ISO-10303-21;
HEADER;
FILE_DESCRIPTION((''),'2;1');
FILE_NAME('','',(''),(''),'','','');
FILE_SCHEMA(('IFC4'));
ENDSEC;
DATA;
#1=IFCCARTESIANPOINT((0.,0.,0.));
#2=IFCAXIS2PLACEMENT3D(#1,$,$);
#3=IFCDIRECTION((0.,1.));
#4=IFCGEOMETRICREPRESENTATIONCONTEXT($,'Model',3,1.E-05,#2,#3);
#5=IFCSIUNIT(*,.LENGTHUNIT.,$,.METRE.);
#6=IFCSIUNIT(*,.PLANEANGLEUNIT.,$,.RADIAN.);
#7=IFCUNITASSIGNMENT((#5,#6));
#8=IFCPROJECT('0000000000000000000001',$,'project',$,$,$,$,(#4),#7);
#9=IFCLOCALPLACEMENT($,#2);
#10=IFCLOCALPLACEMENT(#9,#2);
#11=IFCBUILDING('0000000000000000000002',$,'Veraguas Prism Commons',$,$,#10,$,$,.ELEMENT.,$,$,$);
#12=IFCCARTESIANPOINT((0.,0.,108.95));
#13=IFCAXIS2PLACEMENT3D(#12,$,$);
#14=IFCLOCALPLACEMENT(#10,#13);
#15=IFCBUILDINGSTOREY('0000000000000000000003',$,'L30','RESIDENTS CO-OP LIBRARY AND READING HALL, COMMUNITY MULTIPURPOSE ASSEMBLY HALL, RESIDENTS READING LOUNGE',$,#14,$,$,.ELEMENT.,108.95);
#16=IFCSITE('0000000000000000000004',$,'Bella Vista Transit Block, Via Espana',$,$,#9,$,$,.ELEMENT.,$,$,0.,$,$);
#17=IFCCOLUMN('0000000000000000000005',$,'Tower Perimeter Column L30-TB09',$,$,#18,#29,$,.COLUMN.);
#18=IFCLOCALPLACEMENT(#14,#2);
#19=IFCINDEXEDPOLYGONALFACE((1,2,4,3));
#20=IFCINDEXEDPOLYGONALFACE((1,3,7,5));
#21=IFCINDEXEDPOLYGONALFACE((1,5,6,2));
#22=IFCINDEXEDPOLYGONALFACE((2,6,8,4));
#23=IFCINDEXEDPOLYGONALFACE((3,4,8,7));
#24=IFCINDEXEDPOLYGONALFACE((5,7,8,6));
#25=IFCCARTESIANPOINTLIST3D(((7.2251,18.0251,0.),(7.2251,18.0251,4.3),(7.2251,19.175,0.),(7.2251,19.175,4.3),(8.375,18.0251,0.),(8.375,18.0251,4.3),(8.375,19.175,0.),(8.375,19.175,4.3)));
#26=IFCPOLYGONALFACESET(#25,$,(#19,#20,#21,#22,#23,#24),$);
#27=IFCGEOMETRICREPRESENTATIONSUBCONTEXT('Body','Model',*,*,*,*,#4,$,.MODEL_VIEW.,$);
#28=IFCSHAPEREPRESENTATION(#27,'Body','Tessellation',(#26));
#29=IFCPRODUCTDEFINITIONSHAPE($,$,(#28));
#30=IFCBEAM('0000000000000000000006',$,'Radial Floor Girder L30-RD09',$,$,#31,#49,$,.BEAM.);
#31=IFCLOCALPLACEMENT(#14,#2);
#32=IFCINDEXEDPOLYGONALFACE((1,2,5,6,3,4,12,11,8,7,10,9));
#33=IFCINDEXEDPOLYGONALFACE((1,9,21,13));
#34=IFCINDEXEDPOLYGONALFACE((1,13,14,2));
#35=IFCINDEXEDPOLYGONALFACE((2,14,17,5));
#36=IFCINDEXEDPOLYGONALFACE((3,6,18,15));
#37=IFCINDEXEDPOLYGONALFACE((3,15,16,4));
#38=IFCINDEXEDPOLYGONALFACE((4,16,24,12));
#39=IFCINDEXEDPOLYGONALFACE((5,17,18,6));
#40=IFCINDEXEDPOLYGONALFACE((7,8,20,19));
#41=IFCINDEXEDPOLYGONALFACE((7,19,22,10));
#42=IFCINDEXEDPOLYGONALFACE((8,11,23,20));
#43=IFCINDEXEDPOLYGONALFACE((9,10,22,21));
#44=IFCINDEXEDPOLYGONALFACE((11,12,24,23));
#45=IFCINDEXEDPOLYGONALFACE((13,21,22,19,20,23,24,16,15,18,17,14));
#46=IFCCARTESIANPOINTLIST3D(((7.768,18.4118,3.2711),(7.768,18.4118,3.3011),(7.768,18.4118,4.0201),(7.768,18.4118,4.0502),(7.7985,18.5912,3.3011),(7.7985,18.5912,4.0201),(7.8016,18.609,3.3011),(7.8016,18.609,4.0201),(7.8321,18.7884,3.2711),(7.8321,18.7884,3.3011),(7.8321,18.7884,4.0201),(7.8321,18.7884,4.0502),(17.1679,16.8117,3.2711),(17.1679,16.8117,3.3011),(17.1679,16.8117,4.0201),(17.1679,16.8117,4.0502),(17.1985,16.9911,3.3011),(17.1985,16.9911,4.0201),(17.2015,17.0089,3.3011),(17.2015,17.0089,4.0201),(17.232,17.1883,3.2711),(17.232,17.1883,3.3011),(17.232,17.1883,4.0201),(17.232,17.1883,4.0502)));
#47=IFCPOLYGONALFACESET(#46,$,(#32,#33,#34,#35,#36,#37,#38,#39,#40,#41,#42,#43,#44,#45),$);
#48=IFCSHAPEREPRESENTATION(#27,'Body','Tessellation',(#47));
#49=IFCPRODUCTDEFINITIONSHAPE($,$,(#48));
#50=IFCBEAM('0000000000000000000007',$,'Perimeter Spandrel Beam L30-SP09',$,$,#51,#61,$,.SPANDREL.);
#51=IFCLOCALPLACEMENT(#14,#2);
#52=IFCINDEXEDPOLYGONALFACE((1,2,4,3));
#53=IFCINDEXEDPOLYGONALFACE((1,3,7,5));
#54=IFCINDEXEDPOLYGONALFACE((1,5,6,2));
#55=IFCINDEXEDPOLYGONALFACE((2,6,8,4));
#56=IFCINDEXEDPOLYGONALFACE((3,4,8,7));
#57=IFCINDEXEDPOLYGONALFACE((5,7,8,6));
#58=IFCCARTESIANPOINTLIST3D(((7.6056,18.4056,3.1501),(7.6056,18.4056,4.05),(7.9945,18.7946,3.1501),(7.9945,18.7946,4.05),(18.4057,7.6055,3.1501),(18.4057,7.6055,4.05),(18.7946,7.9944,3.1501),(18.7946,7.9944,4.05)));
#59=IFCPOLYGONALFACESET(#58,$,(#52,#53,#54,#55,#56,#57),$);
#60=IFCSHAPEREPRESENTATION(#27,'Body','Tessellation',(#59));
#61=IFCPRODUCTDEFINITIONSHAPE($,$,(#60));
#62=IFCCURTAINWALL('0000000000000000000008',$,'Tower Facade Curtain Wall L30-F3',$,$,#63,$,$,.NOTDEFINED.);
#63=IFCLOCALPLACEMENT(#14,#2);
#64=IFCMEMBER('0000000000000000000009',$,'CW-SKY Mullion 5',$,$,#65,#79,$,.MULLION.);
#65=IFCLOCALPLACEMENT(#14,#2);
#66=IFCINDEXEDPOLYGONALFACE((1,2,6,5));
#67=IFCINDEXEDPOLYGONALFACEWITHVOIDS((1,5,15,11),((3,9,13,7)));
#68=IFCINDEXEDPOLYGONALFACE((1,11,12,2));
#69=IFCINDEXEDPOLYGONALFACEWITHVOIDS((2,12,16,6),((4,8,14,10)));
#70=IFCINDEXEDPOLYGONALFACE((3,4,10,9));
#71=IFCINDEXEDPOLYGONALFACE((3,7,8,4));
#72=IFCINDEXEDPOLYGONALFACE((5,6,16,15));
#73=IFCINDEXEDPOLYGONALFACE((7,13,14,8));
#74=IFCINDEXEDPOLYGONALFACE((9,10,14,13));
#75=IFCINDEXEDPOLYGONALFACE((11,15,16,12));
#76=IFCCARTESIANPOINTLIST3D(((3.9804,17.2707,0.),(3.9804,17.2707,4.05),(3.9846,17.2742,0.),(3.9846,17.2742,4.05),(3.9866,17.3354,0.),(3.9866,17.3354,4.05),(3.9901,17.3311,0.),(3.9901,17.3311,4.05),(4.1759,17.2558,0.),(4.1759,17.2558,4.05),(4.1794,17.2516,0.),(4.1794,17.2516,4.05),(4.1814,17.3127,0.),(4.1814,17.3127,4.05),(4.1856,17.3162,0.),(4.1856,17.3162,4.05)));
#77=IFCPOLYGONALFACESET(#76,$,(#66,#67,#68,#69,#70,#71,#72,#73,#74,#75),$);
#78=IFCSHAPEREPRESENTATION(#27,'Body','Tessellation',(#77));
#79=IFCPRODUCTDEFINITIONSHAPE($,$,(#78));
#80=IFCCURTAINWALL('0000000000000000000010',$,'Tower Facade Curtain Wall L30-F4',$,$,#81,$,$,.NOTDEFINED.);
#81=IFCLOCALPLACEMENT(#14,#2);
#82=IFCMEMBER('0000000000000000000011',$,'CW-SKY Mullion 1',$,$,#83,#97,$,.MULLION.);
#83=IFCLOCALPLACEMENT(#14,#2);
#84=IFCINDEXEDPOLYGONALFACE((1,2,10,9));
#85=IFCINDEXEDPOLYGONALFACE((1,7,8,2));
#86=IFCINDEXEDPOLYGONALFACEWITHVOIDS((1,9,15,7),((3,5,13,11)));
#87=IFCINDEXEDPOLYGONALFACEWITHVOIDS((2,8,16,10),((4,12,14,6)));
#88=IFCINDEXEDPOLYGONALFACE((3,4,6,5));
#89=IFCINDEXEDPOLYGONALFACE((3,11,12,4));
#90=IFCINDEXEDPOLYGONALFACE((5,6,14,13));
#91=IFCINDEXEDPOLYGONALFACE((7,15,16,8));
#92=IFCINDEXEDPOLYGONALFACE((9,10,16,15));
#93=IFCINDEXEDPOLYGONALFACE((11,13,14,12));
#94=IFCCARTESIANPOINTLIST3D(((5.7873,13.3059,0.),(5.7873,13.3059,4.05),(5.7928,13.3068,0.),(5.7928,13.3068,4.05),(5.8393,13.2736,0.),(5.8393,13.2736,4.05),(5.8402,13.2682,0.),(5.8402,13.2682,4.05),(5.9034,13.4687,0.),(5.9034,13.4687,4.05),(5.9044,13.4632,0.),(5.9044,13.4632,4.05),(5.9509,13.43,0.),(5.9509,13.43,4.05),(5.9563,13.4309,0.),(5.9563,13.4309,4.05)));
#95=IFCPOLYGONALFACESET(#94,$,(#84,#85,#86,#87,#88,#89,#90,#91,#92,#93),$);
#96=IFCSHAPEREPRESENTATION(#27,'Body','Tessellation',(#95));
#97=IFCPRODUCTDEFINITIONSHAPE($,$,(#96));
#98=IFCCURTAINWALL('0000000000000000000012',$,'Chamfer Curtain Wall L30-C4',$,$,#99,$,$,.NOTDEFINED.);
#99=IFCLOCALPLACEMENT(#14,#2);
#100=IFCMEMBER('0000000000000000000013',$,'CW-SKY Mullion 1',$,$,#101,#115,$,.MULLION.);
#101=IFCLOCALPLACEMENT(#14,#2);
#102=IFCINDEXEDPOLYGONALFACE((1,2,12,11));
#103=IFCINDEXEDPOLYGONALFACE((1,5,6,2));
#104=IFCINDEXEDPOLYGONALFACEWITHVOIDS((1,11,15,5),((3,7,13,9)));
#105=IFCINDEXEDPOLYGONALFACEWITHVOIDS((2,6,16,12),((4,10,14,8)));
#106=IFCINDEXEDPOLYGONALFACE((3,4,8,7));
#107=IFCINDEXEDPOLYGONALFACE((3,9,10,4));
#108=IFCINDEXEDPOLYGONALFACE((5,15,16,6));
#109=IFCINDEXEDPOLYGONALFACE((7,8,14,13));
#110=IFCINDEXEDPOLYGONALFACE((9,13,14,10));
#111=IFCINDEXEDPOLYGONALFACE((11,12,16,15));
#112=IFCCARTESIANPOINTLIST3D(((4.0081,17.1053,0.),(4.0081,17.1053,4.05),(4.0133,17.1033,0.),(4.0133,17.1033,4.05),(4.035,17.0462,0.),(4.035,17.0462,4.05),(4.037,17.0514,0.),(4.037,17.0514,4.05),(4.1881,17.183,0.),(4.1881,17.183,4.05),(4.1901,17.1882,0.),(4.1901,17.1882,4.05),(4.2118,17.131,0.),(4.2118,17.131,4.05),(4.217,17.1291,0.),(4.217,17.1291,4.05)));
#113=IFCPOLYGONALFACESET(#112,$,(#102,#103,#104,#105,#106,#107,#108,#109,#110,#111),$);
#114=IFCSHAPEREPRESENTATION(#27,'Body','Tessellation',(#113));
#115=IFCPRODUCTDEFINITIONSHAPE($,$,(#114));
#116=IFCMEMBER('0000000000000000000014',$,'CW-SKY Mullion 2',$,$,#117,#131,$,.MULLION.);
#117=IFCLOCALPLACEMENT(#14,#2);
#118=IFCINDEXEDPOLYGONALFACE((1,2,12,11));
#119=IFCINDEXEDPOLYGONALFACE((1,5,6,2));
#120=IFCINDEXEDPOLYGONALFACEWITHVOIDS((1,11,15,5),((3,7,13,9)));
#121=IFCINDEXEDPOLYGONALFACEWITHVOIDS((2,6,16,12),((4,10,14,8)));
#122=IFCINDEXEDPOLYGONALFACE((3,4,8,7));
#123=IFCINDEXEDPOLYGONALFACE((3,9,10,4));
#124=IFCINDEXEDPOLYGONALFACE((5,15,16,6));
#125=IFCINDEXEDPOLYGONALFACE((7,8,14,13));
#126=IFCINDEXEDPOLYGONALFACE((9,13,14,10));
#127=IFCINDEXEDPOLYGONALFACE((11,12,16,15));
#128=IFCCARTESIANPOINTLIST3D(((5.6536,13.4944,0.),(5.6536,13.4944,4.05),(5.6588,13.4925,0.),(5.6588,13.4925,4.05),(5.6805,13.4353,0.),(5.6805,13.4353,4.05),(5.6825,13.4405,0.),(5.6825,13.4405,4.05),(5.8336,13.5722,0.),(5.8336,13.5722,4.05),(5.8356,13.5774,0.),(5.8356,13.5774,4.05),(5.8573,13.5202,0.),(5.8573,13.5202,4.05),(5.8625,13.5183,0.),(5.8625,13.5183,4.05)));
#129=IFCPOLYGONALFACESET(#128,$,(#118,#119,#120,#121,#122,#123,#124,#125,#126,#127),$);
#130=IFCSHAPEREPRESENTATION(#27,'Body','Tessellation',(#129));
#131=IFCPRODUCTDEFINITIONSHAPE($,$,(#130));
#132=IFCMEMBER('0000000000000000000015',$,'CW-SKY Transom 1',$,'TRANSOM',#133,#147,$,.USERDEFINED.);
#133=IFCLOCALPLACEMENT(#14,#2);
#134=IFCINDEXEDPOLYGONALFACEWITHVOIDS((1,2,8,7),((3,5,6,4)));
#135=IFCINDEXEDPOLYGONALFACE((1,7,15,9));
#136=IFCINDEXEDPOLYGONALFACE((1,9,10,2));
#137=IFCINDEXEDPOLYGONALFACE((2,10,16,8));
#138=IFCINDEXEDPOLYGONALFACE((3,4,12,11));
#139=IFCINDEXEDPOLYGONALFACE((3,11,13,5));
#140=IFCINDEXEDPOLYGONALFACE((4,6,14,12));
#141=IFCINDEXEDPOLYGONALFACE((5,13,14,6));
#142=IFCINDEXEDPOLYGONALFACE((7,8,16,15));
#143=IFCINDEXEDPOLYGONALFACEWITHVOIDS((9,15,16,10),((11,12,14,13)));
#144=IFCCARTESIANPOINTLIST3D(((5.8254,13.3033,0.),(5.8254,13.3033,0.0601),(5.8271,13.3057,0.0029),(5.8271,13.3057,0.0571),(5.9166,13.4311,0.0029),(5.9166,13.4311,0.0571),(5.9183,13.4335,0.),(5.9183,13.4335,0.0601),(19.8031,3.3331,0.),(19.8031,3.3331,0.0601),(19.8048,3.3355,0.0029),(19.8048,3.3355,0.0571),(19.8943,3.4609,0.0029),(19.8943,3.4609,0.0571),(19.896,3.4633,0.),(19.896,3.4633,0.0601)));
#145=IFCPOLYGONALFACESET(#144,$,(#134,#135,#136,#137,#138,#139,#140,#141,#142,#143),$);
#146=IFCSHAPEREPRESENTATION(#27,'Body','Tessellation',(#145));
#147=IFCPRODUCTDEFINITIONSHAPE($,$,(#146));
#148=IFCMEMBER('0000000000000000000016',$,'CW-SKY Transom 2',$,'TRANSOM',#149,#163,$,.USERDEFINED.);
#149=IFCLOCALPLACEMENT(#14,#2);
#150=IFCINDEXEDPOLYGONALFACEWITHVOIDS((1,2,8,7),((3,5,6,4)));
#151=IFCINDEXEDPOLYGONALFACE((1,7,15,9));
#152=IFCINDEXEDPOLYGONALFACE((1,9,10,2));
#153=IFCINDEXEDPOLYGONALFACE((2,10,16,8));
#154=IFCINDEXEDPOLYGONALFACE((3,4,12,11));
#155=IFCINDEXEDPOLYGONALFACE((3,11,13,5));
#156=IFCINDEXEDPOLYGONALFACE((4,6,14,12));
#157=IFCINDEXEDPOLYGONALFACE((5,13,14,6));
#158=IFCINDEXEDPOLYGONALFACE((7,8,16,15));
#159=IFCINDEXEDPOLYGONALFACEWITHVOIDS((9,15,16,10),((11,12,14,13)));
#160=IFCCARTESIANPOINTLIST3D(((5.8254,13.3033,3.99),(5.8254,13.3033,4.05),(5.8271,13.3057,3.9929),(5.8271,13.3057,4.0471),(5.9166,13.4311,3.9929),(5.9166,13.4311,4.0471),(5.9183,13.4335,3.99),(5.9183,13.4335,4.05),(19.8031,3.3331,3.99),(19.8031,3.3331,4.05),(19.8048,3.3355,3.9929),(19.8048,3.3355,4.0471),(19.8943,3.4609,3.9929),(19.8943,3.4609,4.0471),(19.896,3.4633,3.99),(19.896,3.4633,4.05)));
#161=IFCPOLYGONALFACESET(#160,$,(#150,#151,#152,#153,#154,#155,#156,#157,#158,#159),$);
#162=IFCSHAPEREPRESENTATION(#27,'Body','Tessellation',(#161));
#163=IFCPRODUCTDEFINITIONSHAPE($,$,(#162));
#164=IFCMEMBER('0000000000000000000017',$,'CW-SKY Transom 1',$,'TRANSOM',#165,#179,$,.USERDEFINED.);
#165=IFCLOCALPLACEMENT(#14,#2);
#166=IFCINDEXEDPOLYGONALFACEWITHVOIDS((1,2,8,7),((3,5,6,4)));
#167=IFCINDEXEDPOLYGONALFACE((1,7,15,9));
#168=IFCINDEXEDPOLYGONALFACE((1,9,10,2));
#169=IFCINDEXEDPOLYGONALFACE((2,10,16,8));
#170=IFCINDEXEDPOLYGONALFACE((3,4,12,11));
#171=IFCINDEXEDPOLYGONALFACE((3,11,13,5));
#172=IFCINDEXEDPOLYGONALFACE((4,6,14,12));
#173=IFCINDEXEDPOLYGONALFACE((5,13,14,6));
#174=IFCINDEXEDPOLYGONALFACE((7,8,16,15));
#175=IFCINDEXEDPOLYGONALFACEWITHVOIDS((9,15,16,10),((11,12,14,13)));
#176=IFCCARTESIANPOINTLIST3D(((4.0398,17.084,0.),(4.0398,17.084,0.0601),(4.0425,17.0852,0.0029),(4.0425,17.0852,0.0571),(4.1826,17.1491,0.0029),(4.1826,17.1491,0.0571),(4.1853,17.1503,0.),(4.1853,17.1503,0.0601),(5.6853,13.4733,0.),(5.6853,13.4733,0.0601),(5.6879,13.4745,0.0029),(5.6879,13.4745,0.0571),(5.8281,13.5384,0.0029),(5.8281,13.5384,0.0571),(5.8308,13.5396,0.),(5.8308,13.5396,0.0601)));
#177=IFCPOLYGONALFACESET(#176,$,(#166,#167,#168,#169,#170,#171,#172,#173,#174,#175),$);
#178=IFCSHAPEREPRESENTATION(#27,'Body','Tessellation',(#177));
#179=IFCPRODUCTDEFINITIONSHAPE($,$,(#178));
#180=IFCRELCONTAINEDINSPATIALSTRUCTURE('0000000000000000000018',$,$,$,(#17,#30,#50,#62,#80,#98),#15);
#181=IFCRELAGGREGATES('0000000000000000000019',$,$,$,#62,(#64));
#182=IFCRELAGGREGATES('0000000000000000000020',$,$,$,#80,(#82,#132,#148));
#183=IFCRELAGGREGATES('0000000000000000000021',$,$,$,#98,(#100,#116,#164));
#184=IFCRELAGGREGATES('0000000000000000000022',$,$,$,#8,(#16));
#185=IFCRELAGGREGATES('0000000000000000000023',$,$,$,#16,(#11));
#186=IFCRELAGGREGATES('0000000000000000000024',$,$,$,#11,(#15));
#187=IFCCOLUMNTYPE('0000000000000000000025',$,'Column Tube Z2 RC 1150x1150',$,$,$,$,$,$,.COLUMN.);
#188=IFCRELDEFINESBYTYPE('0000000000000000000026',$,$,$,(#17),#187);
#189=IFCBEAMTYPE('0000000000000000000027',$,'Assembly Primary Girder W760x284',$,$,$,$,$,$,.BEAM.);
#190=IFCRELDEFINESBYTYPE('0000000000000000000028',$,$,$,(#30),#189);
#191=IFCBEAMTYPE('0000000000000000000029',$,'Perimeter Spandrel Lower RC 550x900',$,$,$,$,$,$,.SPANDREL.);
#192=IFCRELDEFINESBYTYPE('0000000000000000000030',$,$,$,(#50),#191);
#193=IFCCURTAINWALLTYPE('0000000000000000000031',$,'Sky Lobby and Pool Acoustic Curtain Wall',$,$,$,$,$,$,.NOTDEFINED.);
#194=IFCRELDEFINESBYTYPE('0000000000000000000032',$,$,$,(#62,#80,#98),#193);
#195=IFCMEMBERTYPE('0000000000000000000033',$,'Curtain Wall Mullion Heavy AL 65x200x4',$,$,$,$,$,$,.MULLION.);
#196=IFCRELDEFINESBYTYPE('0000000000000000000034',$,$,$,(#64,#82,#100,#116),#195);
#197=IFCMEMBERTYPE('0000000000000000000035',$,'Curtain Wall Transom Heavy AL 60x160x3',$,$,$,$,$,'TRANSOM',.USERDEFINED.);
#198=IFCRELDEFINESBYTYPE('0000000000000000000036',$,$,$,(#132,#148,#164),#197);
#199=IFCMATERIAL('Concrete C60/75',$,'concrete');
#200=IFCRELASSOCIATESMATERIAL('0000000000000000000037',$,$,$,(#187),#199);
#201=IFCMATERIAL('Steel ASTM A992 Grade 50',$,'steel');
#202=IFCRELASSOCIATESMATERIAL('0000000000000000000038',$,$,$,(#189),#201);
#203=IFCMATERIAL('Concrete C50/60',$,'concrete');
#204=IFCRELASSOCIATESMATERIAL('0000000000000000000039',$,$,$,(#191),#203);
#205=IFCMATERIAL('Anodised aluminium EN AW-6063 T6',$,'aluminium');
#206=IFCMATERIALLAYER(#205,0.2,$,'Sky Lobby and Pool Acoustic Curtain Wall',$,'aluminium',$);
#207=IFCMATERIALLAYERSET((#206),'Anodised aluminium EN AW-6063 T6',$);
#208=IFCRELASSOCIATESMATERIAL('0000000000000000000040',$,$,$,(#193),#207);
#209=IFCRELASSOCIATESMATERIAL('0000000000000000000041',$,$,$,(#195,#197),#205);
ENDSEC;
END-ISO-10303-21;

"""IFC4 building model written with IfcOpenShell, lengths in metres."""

from ifc_helpers import new_model, si_unit, direction, frame, origin, origin_2d, place, context, subcontext, project, spatial, rectangle, hollow_rectangle, i_section, extrude, source, transform, mapped, material, layer, layer_set, material_profile, profile_set, type_object, element, aggregate, save


model = new_model("IFC4")

# Units and contexts
model_context = context("Model", 3, precision=1e-05, world=origin(), true_north=direction((0.0, 1.0)))
body_context = subcontext(model_context, "Body", "Model", "MODEL_VIEW")
ifc_project = project(units=[si_unit("LENGTHUNIT", "METRE"), si_unit("PLANEANGLEUNIT", "RADIAN")], contexts=[model_context])

# Site, building, storey
site_placement = place(None, origin())
site = spatial("IfcSite", under=ifc_project, at=site_placement, Name="Bella Vista Transit Block, Via Espana", CompositionType="ELEMENT", RefElevation=0.0)
building_placement = place(site_placement, origin())
building = spatial("IfcBuilding", under=site, at=building_placement, Name="Veraguas Prism Commons", CompositionType="ELEMENT")
storey_placement = place(building_placement, frame((0.0, 0.0, 108.95)))
storey = spatial("IfcBuildingStorey", under=building, at=storey_placement, Name="L30", Description="RESIDENTS CO-OP LIBRARY AND READING HALL, COMMUNITY MULTIPURPOSE ASSEMBLY HALL, RESIDENTS READING LOUNGE", CompositionType="ELEMENT", Elevation=108.95)

# Column
ifc_material_1 = material(Name="Concrete C60/75", Category="concrete")
ifc_material_profile_1 = material_profile(ifc_material_1, rectangle(XDim=1.1499, YDim=1.1499, at=origin_2d()), Name="RC1150X1150")
ifc_profile_set_1 = profile_set([ifc_material_profile_1], Name="Concrete C60/75")
column_type = type_object("IfcColumnType", Name="Column Tube Z2 RC 1150x1150", PredefinedType="COLUMN", material=ifc_profile_set_1)
column_placement = place(storey_placement, frame((7.8, 18.6001, 0.0), z_axis=(0.0, 0.0, 1.0), x_axis=(1.0, 0.0, 0.0)))
element("IfcColumn", 1, at=column_placement, inside=storey, type_object=column_type, Name="Tower Perimeter Column L30-TB09", PredefinedType="COLUMN", context=body_context, shape_type="SweptSolid", body=[
    extrude(rectangle(XDim=1.1499, YDim=1.1499, at=origin_2d()), origin(), (0.0, 0.0, 1.0), 4.3),
])

# Beams
ifc_material_2 = material(Name="Steel ASTM A992 Grade 50", Category="steel")
ifc_material_profile_2 = material_profile(ifc_material_2, i_section(OverallWidth=0.3821, OverallDepth=0.7791, WebThickness=0.0181, FlangeThickness=0.03, at=origin_2d()), Name="W760X284")
ifc_profile_set_2 = profile_set([ifc_material_profile_2], Name="Steel ASTM A992 Grade 50")
beam_type_1 = type_object("IfcBeamType", Name="Assembly Primary Girder W760x284", PredefinedType="BEAM", material=ifc_profile_set_2)
beam_1_placement = place(storey_placement, frame((7.8, 18.6001, 3.6606), z_axis=(0.985819, -0.167811, 0.0), x_axis=(0.167811, 0.985819, 0.0)))
element("IfcBeam", 2, at=beam_1_placement, inside=storey, type_object=beam_type_1, Name="Radial Floor Girder L30-RD09", PredefinedType="BEAM", context=body_context, shape_type="SweptSolid", body=[
    extrude(i_section(OverallWidth=0.3821, OverallDepth=0.7791, WebThickness=0.0181, FlangeThickness=0.03, at=origin_2d()), origin(), (0.0, 0.0, 1.0), 9.5352),
])
ifc_material_3 = material(Name="Concrete C50/60", Category="concrete")
ifc_material_profile_3 = material_profile(ifc_material_3, rectangle(XDim=0.55, YDim=0.8999, at=origin_2d()), Name="RC550X900")
ifc_profile_set_3 = profile_set([ifc_material_profile_3], Name="Concrete C50/60")
beam_type_2 = type_object("IfcBeamType", Name="Perimeter Spandrel Lower RC 550x900", PredefinedType="SPANDREL", material=ifc_profile_set_3)
beam_2_placement = place(storey_placement, frame((7.8, 18.6001, 3.6001), z_axis=(0.707107, -0.707107, 0.0), x_axis=(0.707107, 0.707107, 0.0)))
element("IfcBeam", 3, at=beam_2_placement, inside=storey, type_object=beam_type_2, Name="Perimeter Spandrel Beam L30-SP09", PredefinedType="SPANDREL", context=body_context, shape_type="SweptSolid", body=[
    extrude(rectangle(XDim=0.55, YDim=0.8999, at=origin_2d()), origin(), (0.0, 0.0, 1.0), 15.2737),
])

# Curtain walls, members
ifc_material_4 = material(Name="Anodised aluminium EN AW-6063 T6", Category="aluminium")
ifc_layer_1 = layer(ifc_material_4, 0.2, Name="Sky Lobby and Pool Acoustic Curtain Wall", Category="aluminium")
ifc_layer_set_1 = layer_set([ifc_layer_1], Name="Anodised aluminium EN AW-6063 T6")
curtain_wall_type = type_object("IfcCurtainWallType", Name="Sky Lobby and Pool Acoustic Curtain Wall", PredefinedType="NOTDEFINED", material=ifc_layer_set_1)
curtain_wall_1_placement = place(storey_placement, origin())
curtain_wall_1 = element("IfcCurtainWall", 4, at=curtain_wall_1_placement, inside=storey, type_object=curtain_wall_type, Name="Tower Facade Curtain Wall L30-F3", PredefinedType="NOTDEFINED")
ifc_material_profile_4 = material_profile(ifc_material_4, hollow_rectangle(XDim=0.0649, YDim=0.2, WallThickness=0.0039, at=origin_2d()), Name="AL65X200X4")
ifc_profile_set_4 = profile_set([ifc_material_profile_4], Name="Anodised aluminium EN AW-6063 T6")
member_type_1 = type_object("IfcMemberType", Name="Curtain Wall Mullion Heavy AL 65x200x4", PredefinedType="MULLION", material=ifc_profile_set_4)
shared_shape_1 = source(origin(), body_context, "Body", "SweptSolid", [
    extrude(hollow_rectangle(XDim=0.0649, YDim=0.2, WallThickness=0.0039, at=origin_2d()), origin(), (0.0, 0.0, 1.0), 4.05),
])
member_1_placement = place(storey_placement, frame((4.083, 17.2935, 0.0), z_axis=(0.0, 0.0, 1.0), x_axis=(-0.095837, -0.995397, 0.0)))
member_1 = element("IfcMember", 5, at=member_1_placement, type_object=member_type_1, Name="CW-SKY Mullion 5", PredefinedType="MULLION", context=body_context, shape_type="MappedRepresentation", body=[
    mapped(shared_shape_1, transform((0.0, 0.0, 0.0), scale=1.0)),
])
curtain_wall_2_placement = place(storey_placement, origin())
curtain_wall_2 = element("IfcCurtainWall", 6, at=curtain_wall_2_placement, inside=storey, type_object=curtain_wall_type, Name="Tower Facade Curtain Wall L30-F4", PredefinedType="NOTDEFINED")
member_2_placement = place(storey_placement, frame((5.8718, 13.3684, 0.0), z_axis=(0.0, 0.0, 1.0), x_axis=(0.814115, -0.580704, 0.0)))
member_2 = element("IfcMember", 7, at=member_2_placement, type_object=member_type_1, Name="CW-SKY Mullion 1", PredefinedType="MULLION", context=body_context, shape_type="MappedRepresentation", body=[
    mapped(shared_shape_1, transform((0.0, 0.0, 0.0), scale=1.0)),
])

# Curtain wall, members
curtain_wall_3_placement = place(storey_placement, origin())
curtain_wall_3 = element("IfcCurtainWall", 8, at=curtain_wall_3_placement, inside=storey, type_object=curtain_wall_type, Name="Chamfer Curtain Wall L30-C4", PredefinedType="NOTDEFINED")
member_3_placement = place(storey_placement, frame((4.1125, 17.1172, 0.0), z_axis=(0.0, 0.0, 1.0), x_axis=(0.41469, -0.909963, 0.0)))
member_3 = element("IfcMember", 9, at=member_3_placement, type_object=member_type_1, Name="CW-SKY Mullion 1", PredefinedType="MULLION", context=body_context, shape_type="MappedRepresentation", body=[
    mapped(shared_shape_1, transform((0.0, 0.0, 0.0), scale=1.0)),
])
member_4_placement = place(storey_placement, frame((5.7581, 13.5063, 0.0), z_axis=(0.0, 0.0, 1.0), x_axis=(0.41469, -0.909963, 0.0)))
member_4 = element("IfcMember", 10, at=member_4_placement, type_object=member_type_1, Name="CW-SKY Mullion 2", PredefinedType="MULLION", context=body_context, shape_type="MappedRepresentation", body=[
    mapped(shared_shape_1, transform((0.0, 0.0, 0.0), scale=1.0)),
])

# Members
ifc_material_profile_5 = material_profile(ifc_material_4, hollow_rectangle(XDim=0.0601, YDim=0.1599, WallThickness=0.0029, at=origin_2d()), Name="AL60X160X3")
ifc_profile_set_5 = profile_set([ifc_material_profile_5], Name="Anodised aluminium EN AW-6063 T6")
member_type_2 = type_object("IfcMemberType", Name="Curtain Wall Transom Heavy AL 60x160x3", ElementType="TRANSOM", PredefinedType="USERDEFINED", material=ifc_profile_set_5)
shared_shape_2 = source(origin(), body_context, "Body", "SweptSolid", [
    extrude(hollow_rectangle(XDim=0.0601, YDim=0.1599, WallThickness=0.0029, at=origin_2d()), origin(), (0.0, 0.0, 1.0), 17.1692),
])
member_5_placement = place(storey_placement, frame((5.8718, 13.3684, 0.03), z_axis=(0.814117, -0.580701, 0.0), x_axis=(0.0, 0.0, 1.0)))
member_5 = element("IfcMember", 11, at=member_5_placement, type_object=member_type_2, Name="CW-SKY Transom 1", ObjectType="TRANSOM", PredefinedType="USERDEFINED", context=body_context, shape_type="MappedRepresentation", body=[
    mapped(shared_shape_2, transform((0.0, 0.0, 0.0), scale=1.0)),
])
member_6_placement = place(storey_placement, frame((5.8718, 13.3684, 4.02), z_axis=(0.814117, -0.580701, 0.0), x_axis=(0.0, 0.0, 1.0)))
member_6 = element("IfcMember", 12, at=member_6_placement, type_object=member_type_2, Name="CW-SKY Transom 2", ObjectType="TRANSOM", PredefinedType="USERDEFINED", context=body_context, shape_type="MappedRepresentation", body=[
    mapped(shared_shape_2, transform((0.0, 0.0, 0.0), scale=1.0)),
])
shared_shape_3 = source(origin(), body_context, "Body", "SweptSolid", [
    extrude(hollow_rectangle(XDim=0.0601, YDim=0.1599, WallThickness=0.0029, at=origin_2d()), origin(), (0.0, 0.0, 1.0), 3.968),
])
member_7_placement = place(storey_placement, frame((4.1125, 17.1172, 0.03), z_axis=(0.414683, -0.909966, 0.0), x_axis=(0.0, 0.0, 1.0)))
member_7 = element("IfcMember", 13, at=member_7_placement, type_object=member_type_2, Name="CW-SKY Transom 1", ObjectType="TRANSOM", PredefinedType="USERDEFINED", context=body_context, shape_type="MappedRepresentation", body=[
    mapped(shared_shape_3, transform((0.0, 0.0, 0.0), scale=1.0)),
])

aggregate(curtain_wall_1, [member_1])
aggregate(curtain_wall_2, [member_2, member_5, member_6])
aggregate(curtain_wall_3, [member_3, member_4, member_7])

save(model, "model.ifc")
